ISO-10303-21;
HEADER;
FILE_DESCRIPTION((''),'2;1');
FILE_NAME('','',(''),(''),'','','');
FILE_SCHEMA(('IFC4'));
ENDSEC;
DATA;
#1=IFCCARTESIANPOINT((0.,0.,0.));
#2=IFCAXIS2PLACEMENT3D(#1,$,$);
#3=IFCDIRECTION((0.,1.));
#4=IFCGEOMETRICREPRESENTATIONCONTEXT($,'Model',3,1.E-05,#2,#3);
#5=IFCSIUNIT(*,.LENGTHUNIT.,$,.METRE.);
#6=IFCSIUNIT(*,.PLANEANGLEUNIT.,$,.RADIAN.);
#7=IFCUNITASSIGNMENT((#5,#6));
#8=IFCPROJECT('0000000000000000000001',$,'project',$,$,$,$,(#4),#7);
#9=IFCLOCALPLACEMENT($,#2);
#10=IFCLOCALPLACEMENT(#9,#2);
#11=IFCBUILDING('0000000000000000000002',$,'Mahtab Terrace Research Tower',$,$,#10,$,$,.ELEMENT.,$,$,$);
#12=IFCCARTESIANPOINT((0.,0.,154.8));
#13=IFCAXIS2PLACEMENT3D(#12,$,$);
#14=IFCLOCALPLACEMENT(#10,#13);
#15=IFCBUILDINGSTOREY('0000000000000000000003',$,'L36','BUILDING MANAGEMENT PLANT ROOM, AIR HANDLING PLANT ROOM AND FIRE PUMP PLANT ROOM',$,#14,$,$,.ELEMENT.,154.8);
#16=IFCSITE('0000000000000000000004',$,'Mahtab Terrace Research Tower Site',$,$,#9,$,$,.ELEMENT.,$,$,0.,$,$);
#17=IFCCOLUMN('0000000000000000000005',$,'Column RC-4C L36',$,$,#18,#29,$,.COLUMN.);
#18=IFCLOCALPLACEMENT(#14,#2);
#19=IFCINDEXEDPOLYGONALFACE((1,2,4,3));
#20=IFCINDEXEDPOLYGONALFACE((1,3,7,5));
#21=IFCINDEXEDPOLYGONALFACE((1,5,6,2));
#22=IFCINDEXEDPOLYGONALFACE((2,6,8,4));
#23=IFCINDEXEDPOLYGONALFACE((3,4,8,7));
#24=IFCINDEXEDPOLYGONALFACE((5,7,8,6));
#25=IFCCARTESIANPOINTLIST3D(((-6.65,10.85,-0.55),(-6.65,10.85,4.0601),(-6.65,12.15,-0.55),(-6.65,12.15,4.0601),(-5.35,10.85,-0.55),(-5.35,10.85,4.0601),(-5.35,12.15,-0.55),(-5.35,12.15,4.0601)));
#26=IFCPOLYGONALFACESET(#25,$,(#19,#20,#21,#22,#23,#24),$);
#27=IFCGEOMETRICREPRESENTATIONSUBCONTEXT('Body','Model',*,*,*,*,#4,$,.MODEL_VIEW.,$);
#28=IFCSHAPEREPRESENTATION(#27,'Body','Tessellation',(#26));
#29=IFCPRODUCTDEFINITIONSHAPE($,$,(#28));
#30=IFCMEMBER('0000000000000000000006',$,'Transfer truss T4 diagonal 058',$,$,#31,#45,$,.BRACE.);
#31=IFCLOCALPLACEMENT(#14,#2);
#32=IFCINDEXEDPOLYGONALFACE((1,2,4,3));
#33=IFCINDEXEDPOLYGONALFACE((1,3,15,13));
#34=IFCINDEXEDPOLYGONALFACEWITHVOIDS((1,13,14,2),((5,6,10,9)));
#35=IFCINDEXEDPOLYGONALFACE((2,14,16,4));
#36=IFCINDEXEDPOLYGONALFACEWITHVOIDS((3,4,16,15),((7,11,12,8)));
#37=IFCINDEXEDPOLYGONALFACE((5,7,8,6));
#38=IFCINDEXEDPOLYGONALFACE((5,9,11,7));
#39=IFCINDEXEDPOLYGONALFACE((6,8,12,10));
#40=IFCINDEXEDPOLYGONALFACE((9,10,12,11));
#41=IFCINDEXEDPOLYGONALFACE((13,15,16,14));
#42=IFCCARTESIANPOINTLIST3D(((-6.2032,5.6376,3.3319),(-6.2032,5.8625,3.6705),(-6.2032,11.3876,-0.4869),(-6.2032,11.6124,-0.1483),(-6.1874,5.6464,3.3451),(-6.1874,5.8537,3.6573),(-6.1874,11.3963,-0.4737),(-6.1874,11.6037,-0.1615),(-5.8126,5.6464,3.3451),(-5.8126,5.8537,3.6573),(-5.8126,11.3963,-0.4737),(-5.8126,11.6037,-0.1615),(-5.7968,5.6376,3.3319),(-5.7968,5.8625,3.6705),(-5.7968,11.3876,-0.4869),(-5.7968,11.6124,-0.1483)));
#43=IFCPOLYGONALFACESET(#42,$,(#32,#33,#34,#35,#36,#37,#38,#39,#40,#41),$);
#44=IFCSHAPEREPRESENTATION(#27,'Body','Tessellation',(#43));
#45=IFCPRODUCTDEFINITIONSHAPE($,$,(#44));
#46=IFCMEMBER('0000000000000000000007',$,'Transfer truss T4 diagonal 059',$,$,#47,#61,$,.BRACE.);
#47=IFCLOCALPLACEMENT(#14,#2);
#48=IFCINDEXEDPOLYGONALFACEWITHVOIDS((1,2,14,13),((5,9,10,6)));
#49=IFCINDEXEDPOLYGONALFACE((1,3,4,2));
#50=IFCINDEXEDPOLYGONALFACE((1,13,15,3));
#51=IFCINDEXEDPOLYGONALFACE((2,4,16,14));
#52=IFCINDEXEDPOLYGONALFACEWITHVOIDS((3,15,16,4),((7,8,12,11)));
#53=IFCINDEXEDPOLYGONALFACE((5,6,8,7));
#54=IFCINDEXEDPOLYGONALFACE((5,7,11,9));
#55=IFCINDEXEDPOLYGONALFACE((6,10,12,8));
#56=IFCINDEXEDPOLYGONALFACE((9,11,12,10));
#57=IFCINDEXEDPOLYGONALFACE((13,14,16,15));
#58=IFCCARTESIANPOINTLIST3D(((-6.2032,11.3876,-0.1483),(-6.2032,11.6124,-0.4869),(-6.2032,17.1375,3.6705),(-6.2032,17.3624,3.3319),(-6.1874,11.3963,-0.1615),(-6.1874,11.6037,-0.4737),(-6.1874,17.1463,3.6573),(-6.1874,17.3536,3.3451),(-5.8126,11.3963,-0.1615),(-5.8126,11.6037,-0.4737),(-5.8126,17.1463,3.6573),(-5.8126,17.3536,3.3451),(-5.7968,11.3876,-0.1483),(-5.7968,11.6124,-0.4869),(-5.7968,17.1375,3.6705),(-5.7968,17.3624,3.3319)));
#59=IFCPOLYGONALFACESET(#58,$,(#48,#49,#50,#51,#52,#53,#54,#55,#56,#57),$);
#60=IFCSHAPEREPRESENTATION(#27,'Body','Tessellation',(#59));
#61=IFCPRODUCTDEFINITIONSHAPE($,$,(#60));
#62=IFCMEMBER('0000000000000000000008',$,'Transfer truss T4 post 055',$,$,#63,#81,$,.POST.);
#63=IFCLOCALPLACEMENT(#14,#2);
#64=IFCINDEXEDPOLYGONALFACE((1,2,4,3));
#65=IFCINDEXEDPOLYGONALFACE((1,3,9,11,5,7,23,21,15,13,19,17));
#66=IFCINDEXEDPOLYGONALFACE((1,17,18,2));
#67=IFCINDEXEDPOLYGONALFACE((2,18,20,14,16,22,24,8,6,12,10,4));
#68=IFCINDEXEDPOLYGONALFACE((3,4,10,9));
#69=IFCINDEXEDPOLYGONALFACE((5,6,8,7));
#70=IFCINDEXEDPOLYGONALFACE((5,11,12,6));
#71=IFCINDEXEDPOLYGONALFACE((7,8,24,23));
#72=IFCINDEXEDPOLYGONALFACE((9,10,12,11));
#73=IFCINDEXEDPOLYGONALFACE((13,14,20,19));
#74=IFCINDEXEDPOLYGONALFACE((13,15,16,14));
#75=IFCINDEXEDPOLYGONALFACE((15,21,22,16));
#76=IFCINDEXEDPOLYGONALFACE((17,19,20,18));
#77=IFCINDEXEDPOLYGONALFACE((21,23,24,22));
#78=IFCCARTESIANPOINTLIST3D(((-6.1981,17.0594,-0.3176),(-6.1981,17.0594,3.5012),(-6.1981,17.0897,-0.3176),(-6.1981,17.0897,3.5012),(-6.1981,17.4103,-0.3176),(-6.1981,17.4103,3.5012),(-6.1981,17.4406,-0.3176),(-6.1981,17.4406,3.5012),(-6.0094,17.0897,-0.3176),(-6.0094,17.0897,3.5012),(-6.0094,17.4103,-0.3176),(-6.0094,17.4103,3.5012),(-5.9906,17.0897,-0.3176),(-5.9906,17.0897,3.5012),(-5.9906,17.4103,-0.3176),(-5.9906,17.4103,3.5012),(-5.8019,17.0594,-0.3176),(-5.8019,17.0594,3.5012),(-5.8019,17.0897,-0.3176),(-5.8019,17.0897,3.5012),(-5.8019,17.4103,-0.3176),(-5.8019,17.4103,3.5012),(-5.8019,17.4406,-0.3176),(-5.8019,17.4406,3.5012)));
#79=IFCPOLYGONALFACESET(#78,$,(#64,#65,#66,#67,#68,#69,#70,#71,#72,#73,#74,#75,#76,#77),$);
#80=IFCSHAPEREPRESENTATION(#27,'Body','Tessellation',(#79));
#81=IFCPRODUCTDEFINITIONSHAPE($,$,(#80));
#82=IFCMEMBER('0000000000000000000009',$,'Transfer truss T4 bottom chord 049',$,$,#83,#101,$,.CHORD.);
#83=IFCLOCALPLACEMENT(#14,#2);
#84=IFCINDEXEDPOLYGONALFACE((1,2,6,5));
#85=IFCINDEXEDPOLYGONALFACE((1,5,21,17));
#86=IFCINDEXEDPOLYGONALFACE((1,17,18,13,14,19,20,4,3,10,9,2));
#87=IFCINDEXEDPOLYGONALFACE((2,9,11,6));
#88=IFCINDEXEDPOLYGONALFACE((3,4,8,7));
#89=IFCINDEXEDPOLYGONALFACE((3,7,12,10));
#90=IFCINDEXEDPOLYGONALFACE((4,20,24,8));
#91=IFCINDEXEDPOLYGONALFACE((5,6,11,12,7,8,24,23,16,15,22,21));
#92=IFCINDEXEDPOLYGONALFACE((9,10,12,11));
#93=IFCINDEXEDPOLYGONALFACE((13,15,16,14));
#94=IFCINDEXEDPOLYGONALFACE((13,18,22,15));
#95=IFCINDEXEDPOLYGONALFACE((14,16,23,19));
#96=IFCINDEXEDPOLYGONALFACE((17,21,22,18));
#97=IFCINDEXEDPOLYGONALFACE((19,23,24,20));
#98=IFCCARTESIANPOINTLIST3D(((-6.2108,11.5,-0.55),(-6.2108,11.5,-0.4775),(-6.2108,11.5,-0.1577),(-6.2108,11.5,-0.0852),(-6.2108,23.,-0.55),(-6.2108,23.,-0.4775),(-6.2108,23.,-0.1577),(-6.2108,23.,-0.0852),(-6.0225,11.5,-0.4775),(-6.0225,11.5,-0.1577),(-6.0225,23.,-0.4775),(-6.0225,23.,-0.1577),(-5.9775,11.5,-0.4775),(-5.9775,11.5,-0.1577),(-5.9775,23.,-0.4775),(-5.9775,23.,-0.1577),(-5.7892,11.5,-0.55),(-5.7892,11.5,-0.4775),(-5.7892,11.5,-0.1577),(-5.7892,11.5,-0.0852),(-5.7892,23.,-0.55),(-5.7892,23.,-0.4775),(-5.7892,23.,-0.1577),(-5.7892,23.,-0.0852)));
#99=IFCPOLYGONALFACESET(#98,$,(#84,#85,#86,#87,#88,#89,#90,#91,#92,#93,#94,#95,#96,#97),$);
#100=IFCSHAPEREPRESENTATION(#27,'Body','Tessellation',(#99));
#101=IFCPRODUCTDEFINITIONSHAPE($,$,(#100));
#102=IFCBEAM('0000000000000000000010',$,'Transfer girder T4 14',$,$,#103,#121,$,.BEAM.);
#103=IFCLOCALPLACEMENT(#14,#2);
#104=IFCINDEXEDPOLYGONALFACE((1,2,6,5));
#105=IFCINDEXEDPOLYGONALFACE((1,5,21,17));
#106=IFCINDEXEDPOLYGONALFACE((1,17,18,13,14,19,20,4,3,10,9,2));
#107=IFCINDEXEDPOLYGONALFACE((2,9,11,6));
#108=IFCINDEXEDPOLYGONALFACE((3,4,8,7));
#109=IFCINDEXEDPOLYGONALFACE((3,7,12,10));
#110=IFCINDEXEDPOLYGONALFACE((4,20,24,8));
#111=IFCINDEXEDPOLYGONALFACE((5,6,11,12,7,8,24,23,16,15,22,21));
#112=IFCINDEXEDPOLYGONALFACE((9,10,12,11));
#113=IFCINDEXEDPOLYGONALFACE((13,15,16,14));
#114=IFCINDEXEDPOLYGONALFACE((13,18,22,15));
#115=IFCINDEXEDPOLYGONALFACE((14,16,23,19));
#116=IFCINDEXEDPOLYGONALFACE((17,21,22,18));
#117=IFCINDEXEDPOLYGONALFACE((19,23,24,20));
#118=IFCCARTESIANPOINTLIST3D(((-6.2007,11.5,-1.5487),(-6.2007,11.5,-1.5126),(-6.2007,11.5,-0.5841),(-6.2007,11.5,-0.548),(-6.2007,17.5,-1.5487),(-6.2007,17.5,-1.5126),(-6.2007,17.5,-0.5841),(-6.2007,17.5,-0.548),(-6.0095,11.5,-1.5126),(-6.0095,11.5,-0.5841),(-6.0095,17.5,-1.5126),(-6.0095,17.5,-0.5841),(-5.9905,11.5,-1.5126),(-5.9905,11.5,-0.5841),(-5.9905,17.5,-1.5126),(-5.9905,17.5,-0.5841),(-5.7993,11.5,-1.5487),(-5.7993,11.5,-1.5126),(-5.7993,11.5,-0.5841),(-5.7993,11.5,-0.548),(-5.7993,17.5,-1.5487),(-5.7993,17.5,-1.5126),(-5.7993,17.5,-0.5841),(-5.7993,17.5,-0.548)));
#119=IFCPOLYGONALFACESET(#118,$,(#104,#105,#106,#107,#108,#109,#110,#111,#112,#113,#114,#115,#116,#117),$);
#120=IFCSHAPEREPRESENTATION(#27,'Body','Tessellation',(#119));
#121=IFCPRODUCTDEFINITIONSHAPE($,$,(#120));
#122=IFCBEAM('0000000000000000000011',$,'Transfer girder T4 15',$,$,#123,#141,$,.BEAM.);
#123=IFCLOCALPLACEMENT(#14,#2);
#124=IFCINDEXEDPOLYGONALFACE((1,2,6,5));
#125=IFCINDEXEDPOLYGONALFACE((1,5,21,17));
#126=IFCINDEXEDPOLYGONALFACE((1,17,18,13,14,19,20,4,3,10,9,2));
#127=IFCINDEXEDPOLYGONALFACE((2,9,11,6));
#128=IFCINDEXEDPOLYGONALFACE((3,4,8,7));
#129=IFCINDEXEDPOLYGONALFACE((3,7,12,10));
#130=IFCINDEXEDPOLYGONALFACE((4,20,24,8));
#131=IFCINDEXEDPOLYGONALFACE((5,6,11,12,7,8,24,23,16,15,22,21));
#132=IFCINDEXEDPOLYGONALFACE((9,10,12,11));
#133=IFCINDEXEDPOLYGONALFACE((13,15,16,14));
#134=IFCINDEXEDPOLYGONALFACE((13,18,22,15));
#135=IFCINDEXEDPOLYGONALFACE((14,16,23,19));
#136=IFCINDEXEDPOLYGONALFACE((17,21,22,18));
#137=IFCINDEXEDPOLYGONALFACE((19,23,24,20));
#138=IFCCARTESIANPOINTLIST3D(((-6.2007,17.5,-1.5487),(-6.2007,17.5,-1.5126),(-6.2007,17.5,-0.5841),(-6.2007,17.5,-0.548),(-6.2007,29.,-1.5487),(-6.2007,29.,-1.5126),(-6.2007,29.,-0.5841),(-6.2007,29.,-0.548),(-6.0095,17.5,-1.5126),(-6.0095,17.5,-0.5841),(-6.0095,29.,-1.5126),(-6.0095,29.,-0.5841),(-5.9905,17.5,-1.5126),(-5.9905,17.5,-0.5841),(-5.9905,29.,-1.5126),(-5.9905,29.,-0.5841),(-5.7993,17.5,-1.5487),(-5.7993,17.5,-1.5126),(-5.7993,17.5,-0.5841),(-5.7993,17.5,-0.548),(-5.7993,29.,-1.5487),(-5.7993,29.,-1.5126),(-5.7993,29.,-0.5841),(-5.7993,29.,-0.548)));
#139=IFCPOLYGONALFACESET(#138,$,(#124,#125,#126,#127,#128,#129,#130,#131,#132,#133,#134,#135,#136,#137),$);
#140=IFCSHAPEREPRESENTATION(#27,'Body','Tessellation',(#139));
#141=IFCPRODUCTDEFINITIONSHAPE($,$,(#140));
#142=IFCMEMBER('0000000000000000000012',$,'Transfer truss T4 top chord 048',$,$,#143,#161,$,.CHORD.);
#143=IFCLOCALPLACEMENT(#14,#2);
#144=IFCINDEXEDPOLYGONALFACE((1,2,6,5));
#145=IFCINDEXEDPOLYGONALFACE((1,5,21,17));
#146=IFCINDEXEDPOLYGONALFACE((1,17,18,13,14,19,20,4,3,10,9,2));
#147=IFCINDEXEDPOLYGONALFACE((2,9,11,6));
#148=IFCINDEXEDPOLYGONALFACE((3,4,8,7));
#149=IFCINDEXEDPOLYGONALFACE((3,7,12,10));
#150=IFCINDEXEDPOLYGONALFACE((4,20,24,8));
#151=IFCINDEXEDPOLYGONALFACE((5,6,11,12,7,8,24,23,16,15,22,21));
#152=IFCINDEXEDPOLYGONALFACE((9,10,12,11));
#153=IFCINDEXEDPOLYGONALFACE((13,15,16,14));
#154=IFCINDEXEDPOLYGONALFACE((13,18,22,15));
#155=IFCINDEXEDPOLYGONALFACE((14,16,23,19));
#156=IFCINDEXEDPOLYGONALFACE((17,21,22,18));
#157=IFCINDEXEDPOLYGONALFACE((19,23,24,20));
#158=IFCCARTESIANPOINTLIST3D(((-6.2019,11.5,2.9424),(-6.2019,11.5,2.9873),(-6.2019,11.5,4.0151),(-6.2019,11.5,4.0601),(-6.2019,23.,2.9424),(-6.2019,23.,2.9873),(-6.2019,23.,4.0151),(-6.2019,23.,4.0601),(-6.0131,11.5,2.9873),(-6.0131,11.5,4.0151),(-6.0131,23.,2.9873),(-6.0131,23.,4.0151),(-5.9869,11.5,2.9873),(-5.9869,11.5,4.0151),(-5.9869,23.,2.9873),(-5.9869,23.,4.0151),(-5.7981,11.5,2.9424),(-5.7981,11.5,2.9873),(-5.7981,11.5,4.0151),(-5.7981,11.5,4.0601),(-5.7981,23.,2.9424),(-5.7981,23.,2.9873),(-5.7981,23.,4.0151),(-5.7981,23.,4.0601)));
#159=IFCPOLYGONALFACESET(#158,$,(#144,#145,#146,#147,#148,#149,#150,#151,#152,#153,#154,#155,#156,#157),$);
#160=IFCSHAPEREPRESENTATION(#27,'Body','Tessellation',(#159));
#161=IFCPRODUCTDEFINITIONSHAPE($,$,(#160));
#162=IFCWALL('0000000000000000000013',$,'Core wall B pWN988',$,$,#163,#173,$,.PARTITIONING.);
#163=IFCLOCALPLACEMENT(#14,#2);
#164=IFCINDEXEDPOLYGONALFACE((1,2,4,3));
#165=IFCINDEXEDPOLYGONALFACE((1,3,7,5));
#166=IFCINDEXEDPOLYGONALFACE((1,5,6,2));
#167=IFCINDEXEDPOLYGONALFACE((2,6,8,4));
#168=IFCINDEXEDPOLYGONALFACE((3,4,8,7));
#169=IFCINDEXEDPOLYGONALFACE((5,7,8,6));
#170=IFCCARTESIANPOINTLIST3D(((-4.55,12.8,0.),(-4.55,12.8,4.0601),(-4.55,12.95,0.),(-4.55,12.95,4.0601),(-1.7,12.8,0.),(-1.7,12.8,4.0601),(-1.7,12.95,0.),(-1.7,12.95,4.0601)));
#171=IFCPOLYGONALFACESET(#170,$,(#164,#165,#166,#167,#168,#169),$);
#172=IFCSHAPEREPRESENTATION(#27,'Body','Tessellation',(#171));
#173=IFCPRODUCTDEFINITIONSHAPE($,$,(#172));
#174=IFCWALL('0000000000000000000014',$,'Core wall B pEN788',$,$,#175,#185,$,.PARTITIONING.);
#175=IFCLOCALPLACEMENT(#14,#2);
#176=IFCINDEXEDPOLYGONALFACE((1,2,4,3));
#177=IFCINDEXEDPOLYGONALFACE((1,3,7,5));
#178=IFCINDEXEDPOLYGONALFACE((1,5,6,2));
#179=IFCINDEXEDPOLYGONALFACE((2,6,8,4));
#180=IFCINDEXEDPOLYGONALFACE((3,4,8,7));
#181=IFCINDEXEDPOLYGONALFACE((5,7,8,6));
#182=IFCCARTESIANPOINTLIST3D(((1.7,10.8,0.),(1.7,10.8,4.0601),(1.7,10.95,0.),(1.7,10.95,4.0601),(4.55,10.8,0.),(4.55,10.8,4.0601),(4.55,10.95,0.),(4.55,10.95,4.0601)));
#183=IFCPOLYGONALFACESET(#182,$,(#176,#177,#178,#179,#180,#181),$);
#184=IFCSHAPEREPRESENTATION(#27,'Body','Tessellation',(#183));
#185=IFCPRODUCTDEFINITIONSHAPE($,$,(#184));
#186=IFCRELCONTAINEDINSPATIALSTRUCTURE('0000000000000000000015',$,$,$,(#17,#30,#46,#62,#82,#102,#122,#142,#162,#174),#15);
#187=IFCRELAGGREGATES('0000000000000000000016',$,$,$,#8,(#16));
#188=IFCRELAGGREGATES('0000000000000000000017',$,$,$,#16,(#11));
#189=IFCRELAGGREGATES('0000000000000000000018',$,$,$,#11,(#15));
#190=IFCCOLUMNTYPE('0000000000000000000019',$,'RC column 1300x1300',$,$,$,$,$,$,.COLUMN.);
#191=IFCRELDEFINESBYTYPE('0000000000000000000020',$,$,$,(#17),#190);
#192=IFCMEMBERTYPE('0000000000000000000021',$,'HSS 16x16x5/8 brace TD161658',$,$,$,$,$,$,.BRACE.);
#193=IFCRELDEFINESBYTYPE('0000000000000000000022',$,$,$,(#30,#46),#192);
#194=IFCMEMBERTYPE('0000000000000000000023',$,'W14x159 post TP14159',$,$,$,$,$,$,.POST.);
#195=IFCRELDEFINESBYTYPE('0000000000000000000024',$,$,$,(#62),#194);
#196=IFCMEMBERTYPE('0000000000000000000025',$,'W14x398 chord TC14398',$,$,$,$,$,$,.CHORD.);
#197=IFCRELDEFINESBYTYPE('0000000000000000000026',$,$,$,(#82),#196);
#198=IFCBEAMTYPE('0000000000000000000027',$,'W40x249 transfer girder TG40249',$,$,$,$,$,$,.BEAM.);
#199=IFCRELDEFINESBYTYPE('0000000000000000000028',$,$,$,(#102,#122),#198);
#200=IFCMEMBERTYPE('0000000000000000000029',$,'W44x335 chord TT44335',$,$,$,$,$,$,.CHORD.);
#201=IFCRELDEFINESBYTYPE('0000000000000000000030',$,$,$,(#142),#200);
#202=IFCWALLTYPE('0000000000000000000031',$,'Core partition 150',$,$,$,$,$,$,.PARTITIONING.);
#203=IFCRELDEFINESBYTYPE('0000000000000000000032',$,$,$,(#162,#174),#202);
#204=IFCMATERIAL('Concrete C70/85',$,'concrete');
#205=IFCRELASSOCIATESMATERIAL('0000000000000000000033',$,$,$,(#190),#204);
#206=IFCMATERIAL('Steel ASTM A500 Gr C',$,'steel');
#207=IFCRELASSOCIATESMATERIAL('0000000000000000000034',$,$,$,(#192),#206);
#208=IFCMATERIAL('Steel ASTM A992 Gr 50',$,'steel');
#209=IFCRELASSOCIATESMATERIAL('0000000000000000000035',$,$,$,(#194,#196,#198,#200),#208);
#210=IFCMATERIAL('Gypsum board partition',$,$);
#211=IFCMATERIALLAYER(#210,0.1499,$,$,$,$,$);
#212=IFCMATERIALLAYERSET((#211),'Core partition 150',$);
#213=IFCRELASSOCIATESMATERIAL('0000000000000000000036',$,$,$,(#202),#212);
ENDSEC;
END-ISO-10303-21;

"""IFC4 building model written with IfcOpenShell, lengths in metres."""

from ifc_helpers import new_model, si_unit, direction, frame, frame_2d, origin, origin_2d, place, context, subcontext, project, spatial, rectangle, hollow_rectangle, i_section, extrude, material, layer, layer_set, material_profile, profile_set, type_object, element, save


model = new_model("IFC4")

# Units and contexts
model_context = context("Model", 3, precision=1e-05, world=origin(), true_north=direction((0.0, 1.0)))
body_context = subcontext(model_context, "Body", "Model", "MODEL_VIEW")
ifc_project = project(units=[si_unit("LENGTHUNIT", "METRE"), si_unit("PLANEANGLEUNIT", "RADIAN")], contexts=[model_context])

# Site, building, storey
site_placement = place(None, origin())
site = spatial("IfcSite", under=ifc_project, at=site_placement, Name="Mahtab Terrace Research Tower Site", CompositionType="ELEMENT", RefElevation=0.0)
building_placement = place(site_placement, origin())
building = spatial("IfcBuilding", under=site, at=building_placement, Name="Mahtab Terrace Research Tower", CompositionType="ELEMENT")
storey_placement = place(building_placement, frame((0.0, 0.0, 154.8)))
storey = spatial("IfcBuildingStorey", under=building, at=storey_placement, Name="L36", Description="BUILDING MANAGEMENT PLANT ROOM, AIR HANDLING PLANT ROOM AND FIRE PUMP PLANT ROOM", CompositionType="ELEMENT", Elevation=154.8)

# Column
ifc_material_1 = material(Name="Concrete C70/85", Category="concrete")
ifc_material_profile_1 = material_profile(ifc_material_1, rectangle(XDim=1.3, YDim=1.3, at=origin_2d()), Name="RC column 1300x1300")
ifc_profile_set_1 = profile_set([ifc_material_profile_1], Name="Concrete C70/85")
column_type = type_object("IfcColumnType", Name="RC column 1300x1300", PredefinedType="COLUMN", material=ifc_profile_set_1)
column_placement = place(storey_placement, frame((-6.0, 11.5, -0.55), z_axis=(0.0, 0.0, 1.0), x_axis=(1.0, 0.0, 0.0)))
element("IfcColumn", 1, at=column_placement, inside=storey, type_object=column_type, Name="Column RC-4C L36", PredefinedType="COLUMN", context=body_context, shape_type="SweptSolid", body=[
    extrude(rectangle(XDim=1.3, YDim=1.3, at=origin_2d()), origin(), (0.0, 0.0, 1.0), 4.6101),
])

# Members
ifc_material_2 = material(Name="Steel ASTM A500 Gr C", Category="steel")
ifc_material_profile_2 = material_profile(ifc_material_2, hollow_rectangle(XDim=0.4065, YDim=0.4065, WallThickness=0.0159, at=origin_2d()), Name="HSS16X16X5/8")
ifc_profile_set_2 = profile_set([ifc_material_profile_2], Name="Steel ASTM A500 Gr C")
member_type_1 = type_object("IfcMemberType", Name="HSS 16x16x5/8 brace TD161658", PredefinedType="BRACE", material=ifc_profile_set_2)
for number, where, z_axis, x_axis, name in (
    (2, (-6.0, 11.5, -0.3176), (0.0, -0.833018, 0.553246), (1.0, 0.0, 0.0), "Transfer truss T4 diagonal 058"),
    (3, (-6.0, 11.5, -0.3176), (0.0, 0.833018, 0.553246), (-1.0, 0.0, 0.0), "Transfer truss T4 diagonal 059"),
):
    element("IfcMember", number, at=place(storey_placement, frame(where, z_axis=z_axis, x_axis=x_axis)), inside=storey, type_object=member_type_1, Name=name, PredefinedType="BRACE", context=body_context, shape_type="SweptSolid", body=[
        extrude(hollow_rectangle(XDim=0.4065, YDim=0.4065, WallThickness=0.0159, at=origin_2d()), origin(), (0.0, 0.0, 1.0), 6.9026),
    ])
ifc_material_3 = material(Name="Steel ASTM A992 Gr 50", Category="steel")
ifc_material_profile_3 = material_profile(ifc_material_3, i_section(OverallWidth=0.3962, OverallDepth=0.3811, WebThickness=0.0188, FlangeThickness=0.0303, at=origin_2d()), Name="W14X159")
ifc_profile_set_3 = profile_set([ifc_material_profile_3], Name="Steel ASTM A992 Gr 50")
member_type_2 = type_object("IfcMemberType", Name="W14x159 post TP14159", PredefinedType="POST", material=ifc_profile_set_3)
member_1_placement = place(storey_placement, frame((-6.0, 17.25, -0.3176), z_axis=(0.0, 0.0, 1.0), x_axis=(1.0, 0.0, 0.0)))
element("IfcMember", 4, at=member_1_placement, inside=storey, type_object=member_type_2, Name="Transfer truss T4 post 055", PredefinedType="POST", context=body_context, shape_type="SweptSolid", body=[
    extrude(i_section(OverallWidth=0.3962, OverallDepth=0.3811, WebThickness=0.0188, FlangeThickness=0.0303, at=origin_2d()), origin(), (0.0, 0.0, 1.0), 3.8188),
])
ifc_material_profile_4 = material_profile(ifc_material_3, i_section(OverallWidth=0.4216, OverallDepth=0.4648, WebThickness=0.0449, FlangeThickness=0.0725, at=origin_2d()), Name="W14X398")
ifc_profile_set_4 = profile_set([ifc_material_profile_4], Name="Steel ASTM A992 Gr 50")
member_type_3 = type_object("IfcMemberType", Name="W14x398 chord TC14398", PredefinedType="CHORD", material=ifc_profile_set_4)
member_2_placement = place(storey_placement, frame((-6.0, 11.5, -0.3176), z_axis=(0.0, 1.0, 0.0), x_axis=(-1.0, 0.0, 0.0)))
element("IfcMember", 5, at=member_2_placement, inside=storey, type_object=member_type_3, Name="Transfer truss T4 bottom chord 049", PredefinedType="CHORD", context=body_context, shape_type="SweptSolid", body=[
    extrude(i_section(OverallWidth=0.4216, OverallDepth=0.4648, WebThickness=0.0449, FlangeThickness=0.0725, at=origin_2d()), origin(), (0.0, 0.0, 1.0), 11.5),
])

# Beams
ifc_material_profile_5 = material_profile(ifc_material_3, i_section(OverallWidth=0.4014, OverallDepth=1.0007, WebThickness=0.019, FlangeThickness=0.0361, at=origin_2d()), Name="W40X249")
ifc_profile_set_5 = profile_set([ifc_material_profile_5], Name="Steel ASTM A992 Gr 50")
beam_type = type_object("IfcBeamType", Name="W40x249 transfer girder TG40249", PredefinedType="BEAM", material=ifc_profile_set_5)
beam_1_placement = place(storey_placement, frame((-6.0, 11.5, -1.0483), z_axis=(0.0, 1.0, 0.0), x_axis=(-1.0, 0.0, 0.0)))
element("IfcBeam", 6, at=beam_1_placement, inside=storey, type_object=beam_type, Name="Transfer girder T4 14", PredefinedType="BEAM", context=body_context, shape_type="SweptSolid", body=[
    extrude(i_section(OverallWidth=0.4014, OverallDepth=1.0007, WebThickness=0.019, FlangeThickness=0.0361, at=origin_2d()), origin(), (0.0, 0.0, 1.0), 6.0),
])
beam_2_placement = place(storey_placement, frame((-6.0, 17.5, -1.0483), z_axis=(0.0, 1.0, 0.0), x_axis=(-1.0, 0.0, 0.0)))
element("IfcBeam", 7, at=beam_2_placement, inside=storey, type_object=beam_type, Name="Transfer girder T4 15", PredefinedType="BEAM", context=body_context, shape_type="SweptSolid", body=[
    extrude(i_section(OverallWidth=0.4014, OverallDepth=1.0007, WebThickness=0.019, FlangeThickness=0.0361, at=origin_2d()), origin(), (0.0, 0.0, 1.0), 11.5),
])

# Member
ifc_material_profile_6 = material_profile(ifc_material_3, i_section(OverallWidth=0.4038, OverallDepth=1.1177, WebThickness=0.0261, FlangeThickness=0.0449, at=origin_2d()), Name="W44X335")
ifc_profile_set_6 = profile_set([ifc_material_profile_6], Name="Steel ASTM A992 Gr 50")
member_type_4 = type_object("IfcMemberType", Name="W44x335 chord TT44335", PredefinedType="CHORD", material=ifc_profile_set_6)
member_3_placement = place(storey_placement, frame((-6.0, 11.5, 3.5012), z_axis=(0.0, 1.0, 0.0), x_axis=(-1.0, 0.0, 0.0)))
element("IfcMember", 8, at=member_3_placement, inside=storey, type_object=member_type_4, Name="Transfer truss T4 top chord 048", PredefinedType="CHORD", context=body_context, shape_type="SweptSolid", body=[
    extrude(i_section(OverallWidth=0.4038, OverallDepth=1.1177, WebThickness=0.0261, FlangeThickness=0.0449, at=origin_2d()), origin(), (0.0, 0.0, 1.0), 11.5),
])

# Walls
ifc_material_4 = material(Name="Gypsum board partition")
ifc_layer_1 = layer(ifc_material_4, 0.1499)
ifc_layer_set_1 = layer_set([ifc_layer_1], Name="Core partition 150")
wall_type_1 = type_object("IfcWallType", Name="Core partition 150", PredefinedType="PARTITIONING", material=ifc_layer_set_1)
for number, where, z_axis, x_axis, name in (
    (9, (-4.55, 12.875, 0.0), (0.0, 0.0, 1.0), (1.0, 0.0, 0.0), "Core wall B pWN988"),
    (10, (1.7, 10.875, 0.0), (0.0, 0.0, 1.0), (1.0, 0.0, 0.0), "Core wall B pEN788"),
):
    element("IfcWall", number, at=place(storey_placement, frame(where, z_axis=z_axis, x_axis=x_axis)), inside=storey, type_object=wall_type_1, Name=name, PredefinedType="PARTITIONING", context=body_context, shape_type="SweptSolid", body=[
        extrude(rectangle(XDim=2.8501, YDim=0.1499, at=frame_2d((1.425, 0.0))), origin(), (0.0, 0.0, 1.0), 4.0601),
    ])

save(model, "model.ifc")
